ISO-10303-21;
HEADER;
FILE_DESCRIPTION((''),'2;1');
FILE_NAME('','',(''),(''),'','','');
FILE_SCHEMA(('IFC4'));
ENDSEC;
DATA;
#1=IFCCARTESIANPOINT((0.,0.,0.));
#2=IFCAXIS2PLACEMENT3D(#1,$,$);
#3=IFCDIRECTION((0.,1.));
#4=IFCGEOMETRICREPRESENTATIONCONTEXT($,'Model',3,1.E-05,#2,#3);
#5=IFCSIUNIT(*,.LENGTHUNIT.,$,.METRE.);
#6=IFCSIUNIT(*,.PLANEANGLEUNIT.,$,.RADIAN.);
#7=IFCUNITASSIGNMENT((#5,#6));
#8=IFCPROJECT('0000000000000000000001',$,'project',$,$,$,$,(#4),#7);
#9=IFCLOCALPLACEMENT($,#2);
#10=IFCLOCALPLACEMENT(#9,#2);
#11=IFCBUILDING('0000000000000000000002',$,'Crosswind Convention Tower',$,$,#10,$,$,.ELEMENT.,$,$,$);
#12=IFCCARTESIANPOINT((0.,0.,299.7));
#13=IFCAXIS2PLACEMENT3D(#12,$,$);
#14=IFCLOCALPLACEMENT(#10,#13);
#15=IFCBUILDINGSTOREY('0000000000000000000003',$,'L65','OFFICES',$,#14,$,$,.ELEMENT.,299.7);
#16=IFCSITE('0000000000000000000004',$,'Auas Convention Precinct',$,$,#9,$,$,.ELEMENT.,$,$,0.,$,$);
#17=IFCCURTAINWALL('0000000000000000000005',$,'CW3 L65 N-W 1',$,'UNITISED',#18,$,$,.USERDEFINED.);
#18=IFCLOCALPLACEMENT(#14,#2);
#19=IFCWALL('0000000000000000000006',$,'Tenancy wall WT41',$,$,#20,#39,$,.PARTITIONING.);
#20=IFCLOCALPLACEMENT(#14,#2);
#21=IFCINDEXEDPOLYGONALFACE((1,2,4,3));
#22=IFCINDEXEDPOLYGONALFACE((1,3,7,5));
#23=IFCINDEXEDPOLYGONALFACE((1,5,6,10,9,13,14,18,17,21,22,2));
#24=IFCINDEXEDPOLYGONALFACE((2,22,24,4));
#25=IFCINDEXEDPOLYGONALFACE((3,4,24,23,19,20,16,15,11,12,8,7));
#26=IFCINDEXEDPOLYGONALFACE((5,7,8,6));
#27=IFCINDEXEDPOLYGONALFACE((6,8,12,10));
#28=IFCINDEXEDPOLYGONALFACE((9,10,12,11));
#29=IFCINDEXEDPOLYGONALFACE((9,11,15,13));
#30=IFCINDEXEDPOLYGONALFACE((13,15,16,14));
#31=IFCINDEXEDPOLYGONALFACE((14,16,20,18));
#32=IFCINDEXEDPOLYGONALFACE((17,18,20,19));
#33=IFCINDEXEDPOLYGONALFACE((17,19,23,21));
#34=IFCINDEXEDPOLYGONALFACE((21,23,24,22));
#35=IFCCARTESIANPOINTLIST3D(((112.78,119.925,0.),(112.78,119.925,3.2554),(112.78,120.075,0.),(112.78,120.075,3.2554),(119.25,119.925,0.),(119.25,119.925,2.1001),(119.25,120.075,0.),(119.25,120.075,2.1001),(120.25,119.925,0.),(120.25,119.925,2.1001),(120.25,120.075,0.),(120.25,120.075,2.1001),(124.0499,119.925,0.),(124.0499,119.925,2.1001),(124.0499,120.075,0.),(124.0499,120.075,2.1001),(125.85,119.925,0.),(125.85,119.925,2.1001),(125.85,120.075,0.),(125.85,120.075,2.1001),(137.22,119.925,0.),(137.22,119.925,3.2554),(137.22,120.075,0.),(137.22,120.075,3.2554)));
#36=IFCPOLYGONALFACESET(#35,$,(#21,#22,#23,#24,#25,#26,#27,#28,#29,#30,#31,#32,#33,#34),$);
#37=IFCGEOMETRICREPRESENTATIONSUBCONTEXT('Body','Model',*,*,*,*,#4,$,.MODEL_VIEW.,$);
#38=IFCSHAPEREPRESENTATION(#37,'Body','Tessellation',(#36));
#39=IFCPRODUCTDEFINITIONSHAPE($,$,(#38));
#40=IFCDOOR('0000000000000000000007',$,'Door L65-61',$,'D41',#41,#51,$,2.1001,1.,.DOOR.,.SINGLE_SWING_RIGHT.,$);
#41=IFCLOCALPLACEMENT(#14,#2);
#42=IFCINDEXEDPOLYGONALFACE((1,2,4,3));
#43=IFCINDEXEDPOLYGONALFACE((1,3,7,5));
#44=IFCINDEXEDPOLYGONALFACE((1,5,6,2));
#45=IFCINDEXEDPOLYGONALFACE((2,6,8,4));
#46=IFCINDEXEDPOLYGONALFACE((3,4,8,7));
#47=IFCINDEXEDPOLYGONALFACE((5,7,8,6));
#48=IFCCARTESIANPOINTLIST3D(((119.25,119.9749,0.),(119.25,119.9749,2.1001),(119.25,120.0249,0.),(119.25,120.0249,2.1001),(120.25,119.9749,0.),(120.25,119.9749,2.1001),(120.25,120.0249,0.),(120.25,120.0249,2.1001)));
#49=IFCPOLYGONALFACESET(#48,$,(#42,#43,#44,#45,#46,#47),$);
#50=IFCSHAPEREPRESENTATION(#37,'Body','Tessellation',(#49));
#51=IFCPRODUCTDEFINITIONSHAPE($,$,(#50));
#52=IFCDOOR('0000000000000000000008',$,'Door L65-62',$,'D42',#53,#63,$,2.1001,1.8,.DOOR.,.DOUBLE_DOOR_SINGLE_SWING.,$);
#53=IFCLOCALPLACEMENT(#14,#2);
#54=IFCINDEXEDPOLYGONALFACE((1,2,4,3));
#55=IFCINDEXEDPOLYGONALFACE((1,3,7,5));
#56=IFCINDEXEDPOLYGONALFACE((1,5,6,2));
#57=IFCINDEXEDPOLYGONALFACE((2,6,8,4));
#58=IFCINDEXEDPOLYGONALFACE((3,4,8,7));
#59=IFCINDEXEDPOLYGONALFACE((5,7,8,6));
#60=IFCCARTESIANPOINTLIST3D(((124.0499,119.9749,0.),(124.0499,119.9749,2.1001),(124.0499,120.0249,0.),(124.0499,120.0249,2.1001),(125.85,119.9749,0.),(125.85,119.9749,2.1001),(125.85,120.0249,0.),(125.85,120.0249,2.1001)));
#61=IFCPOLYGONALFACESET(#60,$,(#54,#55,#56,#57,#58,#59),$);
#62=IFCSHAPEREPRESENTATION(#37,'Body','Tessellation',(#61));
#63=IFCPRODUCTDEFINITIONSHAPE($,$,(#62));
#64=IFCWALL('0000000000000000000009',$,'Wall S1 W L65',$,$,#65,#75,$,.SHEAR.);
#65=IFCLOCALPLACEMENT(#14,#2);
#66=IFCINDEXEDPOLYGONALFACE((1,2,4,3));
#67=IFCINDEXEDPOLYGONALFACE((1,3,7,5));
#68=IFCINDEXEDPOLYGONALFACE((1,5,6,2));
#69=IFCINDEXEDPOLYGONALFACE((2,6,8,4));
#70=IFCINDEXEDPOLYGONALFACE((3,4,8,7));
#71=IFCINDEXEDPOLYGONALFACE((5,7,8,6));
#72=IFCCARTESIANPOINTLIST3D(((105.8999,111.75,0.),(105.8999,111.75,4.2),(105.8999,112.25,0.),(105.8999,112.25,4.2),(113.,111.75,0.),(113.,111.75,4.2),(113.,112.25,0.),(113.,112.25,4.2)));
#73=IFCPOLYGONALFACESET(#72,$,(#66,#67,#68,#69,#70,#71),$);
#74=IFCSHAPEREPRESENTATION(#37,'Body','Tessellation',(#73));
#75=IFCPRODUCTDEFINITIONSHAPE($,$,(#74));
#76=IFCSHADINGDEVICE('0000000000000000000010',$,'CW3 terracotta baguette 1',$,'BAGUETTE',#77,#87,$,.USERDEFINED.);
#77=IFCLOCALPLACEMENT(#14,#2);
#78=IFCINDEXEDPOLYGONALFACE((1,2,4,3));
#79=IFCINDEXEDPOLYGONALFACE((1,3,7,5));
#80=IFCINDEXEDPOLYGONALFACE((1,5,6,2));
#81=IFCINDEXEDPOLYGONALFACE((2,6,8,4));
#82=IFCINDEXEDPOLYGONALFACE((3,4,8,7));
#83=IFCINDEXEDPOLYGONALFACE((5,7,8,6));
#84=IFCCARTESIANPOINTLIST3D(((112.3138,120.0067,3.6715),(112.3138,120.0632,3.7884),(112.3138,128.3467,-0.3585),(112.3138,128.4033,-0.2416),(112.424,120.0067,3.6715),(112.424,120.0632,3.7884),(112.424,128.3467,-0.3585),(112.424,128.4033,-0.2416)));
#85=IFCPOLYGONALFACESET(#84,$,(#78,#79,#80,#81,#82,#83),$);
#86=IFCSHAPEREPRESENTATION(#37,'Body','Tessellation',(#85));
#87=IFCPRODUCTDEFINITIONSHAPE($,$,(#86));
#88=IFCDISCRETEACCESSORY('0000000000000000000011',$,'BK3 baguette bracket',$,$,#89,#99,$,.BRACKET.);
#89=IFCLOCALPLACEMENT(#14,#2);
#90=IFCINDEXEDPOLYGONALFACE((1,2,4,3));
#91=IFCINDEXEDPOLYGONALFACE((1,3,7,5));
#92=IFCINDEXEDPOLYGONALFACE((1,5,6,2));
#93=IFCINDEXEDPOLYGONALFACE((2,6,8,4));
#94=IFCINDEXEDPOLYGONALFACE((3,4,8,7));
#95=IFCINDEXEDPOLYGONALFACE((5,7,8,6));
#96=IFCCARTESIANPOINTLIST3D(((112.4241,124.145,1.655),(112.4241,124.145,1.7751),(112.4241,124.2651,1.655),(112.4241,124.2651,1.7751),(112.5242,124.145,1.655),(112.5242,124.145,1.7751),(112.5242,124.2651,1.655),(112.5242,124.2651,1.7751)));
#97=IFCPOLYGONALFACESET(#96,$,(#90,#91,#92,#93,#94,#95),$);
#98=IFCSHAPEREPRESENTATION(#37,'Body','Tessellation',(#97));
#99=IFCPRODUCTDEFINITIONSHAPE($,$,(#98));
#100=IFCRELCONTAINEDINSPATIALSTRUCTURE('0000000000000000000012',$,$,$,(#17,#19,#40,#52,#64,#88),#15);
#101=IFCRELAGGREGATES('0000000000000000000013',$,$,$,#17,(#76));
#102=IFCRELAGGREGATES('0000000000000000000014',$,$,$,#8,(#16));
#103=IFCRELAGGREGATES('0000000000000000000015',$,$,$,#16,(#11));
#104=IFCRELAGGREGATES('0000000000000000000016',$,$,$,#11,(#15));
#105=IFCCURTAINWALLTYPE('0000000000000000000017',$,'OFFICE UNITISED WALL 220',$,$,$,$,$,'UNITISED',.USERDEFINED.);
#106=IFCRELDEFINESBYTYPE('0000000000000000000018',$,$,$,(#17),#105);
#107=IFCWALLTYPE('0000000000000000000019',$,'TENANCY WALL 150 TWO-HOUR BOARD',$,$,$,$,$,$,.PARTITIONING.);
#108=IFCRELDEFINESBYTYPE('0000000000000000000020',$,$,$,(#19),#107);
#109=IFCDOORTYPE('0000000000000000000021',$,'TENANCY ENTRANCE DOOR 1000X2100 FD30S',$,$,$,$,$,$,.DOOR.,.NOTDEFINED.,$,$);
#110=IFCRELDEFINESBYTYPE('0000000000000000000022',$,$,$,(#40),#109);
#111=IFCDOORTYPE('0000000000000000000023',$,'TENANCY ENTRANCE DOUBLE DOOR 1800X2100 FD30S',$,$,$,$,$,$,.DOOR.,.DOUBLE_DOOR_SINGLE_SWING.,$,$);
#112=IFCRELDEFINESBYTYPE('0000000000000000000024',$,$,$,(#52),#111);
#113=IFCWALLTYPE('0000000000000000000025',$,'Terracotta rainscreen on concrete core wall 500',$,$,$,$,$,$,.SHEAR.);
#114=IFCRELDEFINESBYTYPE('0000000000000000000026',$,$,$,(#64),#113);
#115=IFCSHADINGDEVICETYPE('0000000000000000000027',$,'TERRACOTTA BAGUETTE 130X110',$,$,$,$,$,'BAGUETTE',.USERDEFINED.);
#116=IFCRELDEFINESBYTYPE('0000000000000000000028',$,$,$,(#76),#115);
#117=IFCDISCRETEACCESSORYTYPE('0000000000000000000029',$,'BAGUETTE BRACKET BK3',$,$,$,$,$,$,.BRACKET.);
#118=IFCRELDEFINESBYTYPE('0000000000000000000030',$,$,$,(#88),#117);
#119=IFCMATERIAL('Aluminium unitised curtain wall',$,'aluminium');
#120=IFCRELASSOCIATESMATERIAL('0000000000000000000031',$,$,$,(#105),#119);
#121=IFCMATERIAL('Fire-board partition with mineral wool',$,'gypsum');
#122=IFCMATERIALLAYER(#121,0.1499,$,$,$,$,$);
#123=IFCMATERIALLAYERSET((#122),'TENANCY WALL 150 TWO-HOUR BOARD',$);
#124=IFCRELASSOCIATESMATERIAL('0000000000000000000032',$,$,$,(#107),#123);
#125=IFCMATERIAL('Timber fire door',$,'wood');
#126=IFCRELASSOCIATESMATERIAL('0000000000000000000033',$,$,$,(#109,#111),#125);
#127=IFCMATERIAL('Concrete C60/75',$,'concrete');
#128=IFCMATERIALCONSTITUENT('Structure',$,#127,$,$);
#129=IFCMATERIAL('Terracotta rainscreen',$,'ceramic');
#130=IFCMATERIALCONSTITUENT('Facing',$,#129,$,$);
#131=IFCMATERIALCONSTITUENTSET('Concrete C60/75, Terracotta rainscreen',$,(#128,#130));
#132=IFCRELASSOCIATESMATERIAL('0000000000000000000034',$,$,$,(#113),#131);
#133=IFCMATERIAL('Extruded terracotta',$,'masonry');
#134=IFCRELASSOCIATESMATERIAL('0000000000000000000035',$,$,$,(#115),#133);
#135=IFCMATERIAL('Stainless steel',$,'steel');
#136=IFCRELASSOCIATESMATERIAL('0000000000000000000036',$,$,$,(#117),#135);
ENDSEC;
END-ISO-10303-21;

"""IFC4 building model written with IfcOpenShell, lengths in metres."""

from ifc_helpers import new_model, si_unit, direction, frame, frame_2d, origin, origin_2d, place, context, subcontext, project, spatial, rectangle, extrude, material, layer, layer_set, constituent, constituent_set, material_profile, profile_set, type_object, element, fill, aggregate, save


model = new_model("IFC4")

# Units and contexts
model_context = context("Model", 3, precision=1e-05, world=origin(), true_north=direction((0.0, 1.0)))
body_context = subcontext(model_context, "Body", "Model", "MODEL_VIEW")
ifc_project = project(units=[si_unit("LENGTHUNIT", "METRE"), si_unit("PLANEANGLEUNIT", "RADIAN")], contexts=[model_context])

# Site, building, storey
site_placement = place(None, origin())
site = spatial("IfcSite", under=ifc_project, at=site_placement, Name="Auas Convention Precinct", CompositionType="ELEMENT", RefElevation=0.0)
building_placement = place(site_placement, origin())
building = spatial("IfcBuilding", under=site, at=building_placement, Name="Crosswind Convention Tower", CompositionType="ELEMENT")
storey_placement = place(building_placement, frame((0.0, 0.0, 299.7)))
storey = spatial("IfcBuildingStorey", under=building, at=storey_placement, Name="L65", Description="OFFICES", CompositionType="ELEMENT", Elevation=299.7)

# Shared definitions
ifc_material_1 = material(Name="Concrete C60/75", Category="concrete")

# Shared definitions
ifc_material_2 = material(Name="Aluminium unitised curtain wall", Category="aluminium")
curtain_wall_type_1 = type_object("IfcCurtainWallType", Name="OFFICE UNITISED WALL 220", ElementType="UNITISED", PredefinedType="USERDEFINED", material=ifc_material_2)

# Curtain wall
curtain_wall_1_placement = place(storey_placement, origin())
curtain_wall_1 = element("IfcCurtainWall", 1, at=curtain_wall_1_placement, inside=storey, type_object=curtain_wall_type_1, Name="CW3 L65 N-W 1", ObjectType="UNITISED", PredefinedType="USERDEFINED")

# Shared definitions
ifc_material_3 = material(Name="Fire-board partition with mineral wool", Category="gypsum")
ifc_layer_1 = layer(ifc_material_3, 0.1499)
ifc_layer_set_1 = layer_set([ifc_layer_1], Name="TENANCY WALL 150 TWO-HOUR BOARD")
wall_type_1 = type_object("IfcWallType", Name="TENANCY WALL 150 TWO-HOUR BOARD", PredefinedType="PARTITIONING", material=ifc_layer_set_1)

# Shared definitions
ifc_material_4 = material(Name="Timber fire door", Category="wood")
door_type_1 = type_object("IfcDoorType", Name="TENANCY ENTRANCE DOOR 1000X2100 FD30S", OperationType="NOTDEFINED", PredefinedType="DOOR", material=ifc_material_4)

# Wall, openings, doors
wall_1_placement = place(storey_placement, frame((112.78, 120.0, 0.0), z_axis=(0.0, 0.0, 1.0), x_axis=(1.0, 0.0, 0.0)))
wall_1 = element("IfcWall", 2, at=wall_1_placement, inside=storey, type_object=wall_type_1, Name="Tenancy wall WT41", PredefinedType="PARTITIONING", context=body_context, shape_type="SweptSolid", body=[
    extrude(rectangle(XDim=24.4399, YDim=0.1499, at=frame_2d((12.22, 0.0))), origin(), (0.0, 0.0, 1.0), 3.2554),
])
opening_1_placement = place(wall_1_placement, frame((6.47, 0.0, 0.0)))
opening_1 = element("IfcOpeningElement", 3, at=opening_1_placement, cuts=wall_1, PredefinedType="OPENING", context=body_context, shape_type="SweptSolid", body=[
    extrude(rectangle(XDim=1.0, YDim=2.1001, at=frame_2d((0.5, 1.05))), frame((0.0, 0.085, 0.0), z_axis=(0.0, -1.0, 0.0), x_axis=(1.0, 0.0, 0.0)), (0.0, 0.0, 1.0), 0.1699),
])
opening_2_placement = place(wall_1_placement, frame((11.27, 0.0, 0.0)))
opening_2 = element("IfcOpeningElement", 4, at=opening_2_placement, cuts=wall_1, PredefinedType="OPENING", context=body_context, shape_type="SweptSolid", body=[
    extrude(rectangle(XDim=1.8, YDim=2.1001, at=frame_2d((0.8999, 1.05))), frame((0.0, 0.085, 0.0), z_axis=(0.0, -1.0, 0.0), x_axis=(1.0, 0.0, 0.0)), (0.0, 0.0, 1.0), 0.1699),
])
door_1_placement = place(opening_1_placement, origin())
door_1 = element("IfcDoor", 5, at=door_1_placement, inside=storey, type_object=door_type_1, Name="Door L65-61", ObjectType="D41", OperationType="SINGLE_SWING_RIGHT", OverallHeight=2.1001, OverallWidth=1.0, PredefinedType="DOOR", context=body_context, shape_type="SweptSolid", body=[
    extrude(rectangle(XDim=1.0, YDim=2.1001, at=frame_2d((0.5, 1.05))), frame((0.0, 0.0249, 0.0), z_axis=(0.0, -1.0, 0.0), x_axis=(1.0, 0.0, 0.0)), (0.0, 0.0, 1.0), 0.05),
])
fill(opening_1, door_1)
door_type_2 = type_object("IfcDoorType", Name="TENANCY ENTRANCE DOUBLE DOOR 1800X2100 FD30S", OperationType="DOUBLE_DOOR_SINGLE_SWING", PredefinedType="DOOR", material=ifc_material_4)
door_2_placement = place(opening_2_placement, origin())
door_2 = element("IfcDoor", 6, at=door_2_placement, inside=storey, type_object=door_type_2, Name="Door L65-62", ObjectType="D42", OperationType="DOUBLE_DOOR_SINGLE_SWING", OverallHeight=2.1001, OverallWidth=1.8, PredefinedType="DOOR", context=body_context, shape_type="SweptSolid", body=[
    extrude(rectangle(XDim=1.8, YDim=2.1001, at=frame_2d((0.8999, 1.05))), frame((0.0, 0.0249, 0.0), z_axis=(0.0, -1.0, 0.0), x_axis=(1.0, 0.0, 0.0)), (0.0, 0.0, 1.0), 0.05),
])
fill(opening_2, door_2)

# Wall
ifc_constituent_1 = constituent(ifc_material_1, Name="Structure")
ifc_material_5 = material(Name="Terracotta rainscreen", Category="ceramic")
ifc_constituent_2 = constituent(ifc_material_5, Name="Facing")
ifc_constituent_set = constituent_set(constituents=[ifc_constituent_1, ifc_constituent_2], Name="Concrete C60/75, Terracotta rainscreen")
wall_type_2 = type_object("IfcWallType", Name="Terracotta rainscreen on concrete core wall 500", PredefinedType="SHEAR", material=ifc_constituent_set)
wall_2_placement = place(storey_placement, frame((113.0, 112.0, 0.0), z_axis=(0.0, 0.0, 1.0), x_axis=(-1.0, 0.0, 0.0)))
element("IfcWall", 7, at=wall_2_placement, inside=storey, type_object=wall_type_2, Name="Wall S1 W L65", PredefinedType="SHEAR", context=body_context, shape_type="SweptSolid", body=[
    extrude(rectangle(XDim=7.1001, YDim=0.5, at=frame_2d((3.55, 0.0))), origin(), (0.0, 0.0, 1.0), 4.2),
])

# Shading device
ifc_material_6 = material(Name="Extruded terracotta", Category="masonry")
ifc_material_profile_1 = material_profile(ifc_material_6, rectangle(XDim=0.1101, YDim=0.1299, at=origin_2d()), Name="TC 110X130")
ifc_profile_set_1 = profile_set([ifc_material_profile_1], Name="Extruded terracotta")
shading_device_type = type_object("IfcShadingDeviceType", Name="TERRACOTTA BAGUETTE 130X110", ElementType="BAGUETTE", PredefinedType="USERDEFINED", material=ifc_profile_set_1)
shading_device_placement = place(storey_placement, frame((112.3689, 128.375, -0.3), z_axis=(0.0, -0.900392, 0.43508), x_axis=(1.0, 0.0, 0.0)))
shading_device = element("IfcShadingDevice", 8, at=shading_device_placement, type_object=shading_device_type, Name="CW3 terracotta baguette 1", ObjectType="BAGUETTE", PredefinedType="USERDEFINED", context=body_context, shape_type="SweptSolid", body=[
    extrude(rectangle(XDim=0.1101, YDim=0.1299, at=origin_2d()), origin(), (0.0, 0.0, 1.0), 9.2627),
])
aggregate(curtain_wall_1, [shading_device])

# Discrete accessory
ifc_material_7 = material(Name="Stainless steel", Category="steel")
discrete_accessory_type = type_object("IfcDiscreteAccessoryType", Name="BAGUETTE BRACKET BK3", PredefinedType="BRACKET", material=ifc_material_7)
discrete_accessory_placement = place(storey_placement, frame((112.4741, 124.2051, 1.655), z_axis=(0.0, 0.0, 1.0), x_axis=(0.0, -1.0, 0.0)))
element("IfcDiscreteAccessory", 9, at=discrete_accessory_placement, inside=storey, type_object=discrete_accessory_type, Name="BK3 baguette bracket", PredefinedType="BRACKET", context=body_context, shape_type="SweptSolid", body=[
    extrude(rectangle(XDim=0.1201, YDim=0.1001, at=origin_2d()), origin(), (0.0, 0.0, 1.0), 0.1201),
])

save(model, "model.ifc")
